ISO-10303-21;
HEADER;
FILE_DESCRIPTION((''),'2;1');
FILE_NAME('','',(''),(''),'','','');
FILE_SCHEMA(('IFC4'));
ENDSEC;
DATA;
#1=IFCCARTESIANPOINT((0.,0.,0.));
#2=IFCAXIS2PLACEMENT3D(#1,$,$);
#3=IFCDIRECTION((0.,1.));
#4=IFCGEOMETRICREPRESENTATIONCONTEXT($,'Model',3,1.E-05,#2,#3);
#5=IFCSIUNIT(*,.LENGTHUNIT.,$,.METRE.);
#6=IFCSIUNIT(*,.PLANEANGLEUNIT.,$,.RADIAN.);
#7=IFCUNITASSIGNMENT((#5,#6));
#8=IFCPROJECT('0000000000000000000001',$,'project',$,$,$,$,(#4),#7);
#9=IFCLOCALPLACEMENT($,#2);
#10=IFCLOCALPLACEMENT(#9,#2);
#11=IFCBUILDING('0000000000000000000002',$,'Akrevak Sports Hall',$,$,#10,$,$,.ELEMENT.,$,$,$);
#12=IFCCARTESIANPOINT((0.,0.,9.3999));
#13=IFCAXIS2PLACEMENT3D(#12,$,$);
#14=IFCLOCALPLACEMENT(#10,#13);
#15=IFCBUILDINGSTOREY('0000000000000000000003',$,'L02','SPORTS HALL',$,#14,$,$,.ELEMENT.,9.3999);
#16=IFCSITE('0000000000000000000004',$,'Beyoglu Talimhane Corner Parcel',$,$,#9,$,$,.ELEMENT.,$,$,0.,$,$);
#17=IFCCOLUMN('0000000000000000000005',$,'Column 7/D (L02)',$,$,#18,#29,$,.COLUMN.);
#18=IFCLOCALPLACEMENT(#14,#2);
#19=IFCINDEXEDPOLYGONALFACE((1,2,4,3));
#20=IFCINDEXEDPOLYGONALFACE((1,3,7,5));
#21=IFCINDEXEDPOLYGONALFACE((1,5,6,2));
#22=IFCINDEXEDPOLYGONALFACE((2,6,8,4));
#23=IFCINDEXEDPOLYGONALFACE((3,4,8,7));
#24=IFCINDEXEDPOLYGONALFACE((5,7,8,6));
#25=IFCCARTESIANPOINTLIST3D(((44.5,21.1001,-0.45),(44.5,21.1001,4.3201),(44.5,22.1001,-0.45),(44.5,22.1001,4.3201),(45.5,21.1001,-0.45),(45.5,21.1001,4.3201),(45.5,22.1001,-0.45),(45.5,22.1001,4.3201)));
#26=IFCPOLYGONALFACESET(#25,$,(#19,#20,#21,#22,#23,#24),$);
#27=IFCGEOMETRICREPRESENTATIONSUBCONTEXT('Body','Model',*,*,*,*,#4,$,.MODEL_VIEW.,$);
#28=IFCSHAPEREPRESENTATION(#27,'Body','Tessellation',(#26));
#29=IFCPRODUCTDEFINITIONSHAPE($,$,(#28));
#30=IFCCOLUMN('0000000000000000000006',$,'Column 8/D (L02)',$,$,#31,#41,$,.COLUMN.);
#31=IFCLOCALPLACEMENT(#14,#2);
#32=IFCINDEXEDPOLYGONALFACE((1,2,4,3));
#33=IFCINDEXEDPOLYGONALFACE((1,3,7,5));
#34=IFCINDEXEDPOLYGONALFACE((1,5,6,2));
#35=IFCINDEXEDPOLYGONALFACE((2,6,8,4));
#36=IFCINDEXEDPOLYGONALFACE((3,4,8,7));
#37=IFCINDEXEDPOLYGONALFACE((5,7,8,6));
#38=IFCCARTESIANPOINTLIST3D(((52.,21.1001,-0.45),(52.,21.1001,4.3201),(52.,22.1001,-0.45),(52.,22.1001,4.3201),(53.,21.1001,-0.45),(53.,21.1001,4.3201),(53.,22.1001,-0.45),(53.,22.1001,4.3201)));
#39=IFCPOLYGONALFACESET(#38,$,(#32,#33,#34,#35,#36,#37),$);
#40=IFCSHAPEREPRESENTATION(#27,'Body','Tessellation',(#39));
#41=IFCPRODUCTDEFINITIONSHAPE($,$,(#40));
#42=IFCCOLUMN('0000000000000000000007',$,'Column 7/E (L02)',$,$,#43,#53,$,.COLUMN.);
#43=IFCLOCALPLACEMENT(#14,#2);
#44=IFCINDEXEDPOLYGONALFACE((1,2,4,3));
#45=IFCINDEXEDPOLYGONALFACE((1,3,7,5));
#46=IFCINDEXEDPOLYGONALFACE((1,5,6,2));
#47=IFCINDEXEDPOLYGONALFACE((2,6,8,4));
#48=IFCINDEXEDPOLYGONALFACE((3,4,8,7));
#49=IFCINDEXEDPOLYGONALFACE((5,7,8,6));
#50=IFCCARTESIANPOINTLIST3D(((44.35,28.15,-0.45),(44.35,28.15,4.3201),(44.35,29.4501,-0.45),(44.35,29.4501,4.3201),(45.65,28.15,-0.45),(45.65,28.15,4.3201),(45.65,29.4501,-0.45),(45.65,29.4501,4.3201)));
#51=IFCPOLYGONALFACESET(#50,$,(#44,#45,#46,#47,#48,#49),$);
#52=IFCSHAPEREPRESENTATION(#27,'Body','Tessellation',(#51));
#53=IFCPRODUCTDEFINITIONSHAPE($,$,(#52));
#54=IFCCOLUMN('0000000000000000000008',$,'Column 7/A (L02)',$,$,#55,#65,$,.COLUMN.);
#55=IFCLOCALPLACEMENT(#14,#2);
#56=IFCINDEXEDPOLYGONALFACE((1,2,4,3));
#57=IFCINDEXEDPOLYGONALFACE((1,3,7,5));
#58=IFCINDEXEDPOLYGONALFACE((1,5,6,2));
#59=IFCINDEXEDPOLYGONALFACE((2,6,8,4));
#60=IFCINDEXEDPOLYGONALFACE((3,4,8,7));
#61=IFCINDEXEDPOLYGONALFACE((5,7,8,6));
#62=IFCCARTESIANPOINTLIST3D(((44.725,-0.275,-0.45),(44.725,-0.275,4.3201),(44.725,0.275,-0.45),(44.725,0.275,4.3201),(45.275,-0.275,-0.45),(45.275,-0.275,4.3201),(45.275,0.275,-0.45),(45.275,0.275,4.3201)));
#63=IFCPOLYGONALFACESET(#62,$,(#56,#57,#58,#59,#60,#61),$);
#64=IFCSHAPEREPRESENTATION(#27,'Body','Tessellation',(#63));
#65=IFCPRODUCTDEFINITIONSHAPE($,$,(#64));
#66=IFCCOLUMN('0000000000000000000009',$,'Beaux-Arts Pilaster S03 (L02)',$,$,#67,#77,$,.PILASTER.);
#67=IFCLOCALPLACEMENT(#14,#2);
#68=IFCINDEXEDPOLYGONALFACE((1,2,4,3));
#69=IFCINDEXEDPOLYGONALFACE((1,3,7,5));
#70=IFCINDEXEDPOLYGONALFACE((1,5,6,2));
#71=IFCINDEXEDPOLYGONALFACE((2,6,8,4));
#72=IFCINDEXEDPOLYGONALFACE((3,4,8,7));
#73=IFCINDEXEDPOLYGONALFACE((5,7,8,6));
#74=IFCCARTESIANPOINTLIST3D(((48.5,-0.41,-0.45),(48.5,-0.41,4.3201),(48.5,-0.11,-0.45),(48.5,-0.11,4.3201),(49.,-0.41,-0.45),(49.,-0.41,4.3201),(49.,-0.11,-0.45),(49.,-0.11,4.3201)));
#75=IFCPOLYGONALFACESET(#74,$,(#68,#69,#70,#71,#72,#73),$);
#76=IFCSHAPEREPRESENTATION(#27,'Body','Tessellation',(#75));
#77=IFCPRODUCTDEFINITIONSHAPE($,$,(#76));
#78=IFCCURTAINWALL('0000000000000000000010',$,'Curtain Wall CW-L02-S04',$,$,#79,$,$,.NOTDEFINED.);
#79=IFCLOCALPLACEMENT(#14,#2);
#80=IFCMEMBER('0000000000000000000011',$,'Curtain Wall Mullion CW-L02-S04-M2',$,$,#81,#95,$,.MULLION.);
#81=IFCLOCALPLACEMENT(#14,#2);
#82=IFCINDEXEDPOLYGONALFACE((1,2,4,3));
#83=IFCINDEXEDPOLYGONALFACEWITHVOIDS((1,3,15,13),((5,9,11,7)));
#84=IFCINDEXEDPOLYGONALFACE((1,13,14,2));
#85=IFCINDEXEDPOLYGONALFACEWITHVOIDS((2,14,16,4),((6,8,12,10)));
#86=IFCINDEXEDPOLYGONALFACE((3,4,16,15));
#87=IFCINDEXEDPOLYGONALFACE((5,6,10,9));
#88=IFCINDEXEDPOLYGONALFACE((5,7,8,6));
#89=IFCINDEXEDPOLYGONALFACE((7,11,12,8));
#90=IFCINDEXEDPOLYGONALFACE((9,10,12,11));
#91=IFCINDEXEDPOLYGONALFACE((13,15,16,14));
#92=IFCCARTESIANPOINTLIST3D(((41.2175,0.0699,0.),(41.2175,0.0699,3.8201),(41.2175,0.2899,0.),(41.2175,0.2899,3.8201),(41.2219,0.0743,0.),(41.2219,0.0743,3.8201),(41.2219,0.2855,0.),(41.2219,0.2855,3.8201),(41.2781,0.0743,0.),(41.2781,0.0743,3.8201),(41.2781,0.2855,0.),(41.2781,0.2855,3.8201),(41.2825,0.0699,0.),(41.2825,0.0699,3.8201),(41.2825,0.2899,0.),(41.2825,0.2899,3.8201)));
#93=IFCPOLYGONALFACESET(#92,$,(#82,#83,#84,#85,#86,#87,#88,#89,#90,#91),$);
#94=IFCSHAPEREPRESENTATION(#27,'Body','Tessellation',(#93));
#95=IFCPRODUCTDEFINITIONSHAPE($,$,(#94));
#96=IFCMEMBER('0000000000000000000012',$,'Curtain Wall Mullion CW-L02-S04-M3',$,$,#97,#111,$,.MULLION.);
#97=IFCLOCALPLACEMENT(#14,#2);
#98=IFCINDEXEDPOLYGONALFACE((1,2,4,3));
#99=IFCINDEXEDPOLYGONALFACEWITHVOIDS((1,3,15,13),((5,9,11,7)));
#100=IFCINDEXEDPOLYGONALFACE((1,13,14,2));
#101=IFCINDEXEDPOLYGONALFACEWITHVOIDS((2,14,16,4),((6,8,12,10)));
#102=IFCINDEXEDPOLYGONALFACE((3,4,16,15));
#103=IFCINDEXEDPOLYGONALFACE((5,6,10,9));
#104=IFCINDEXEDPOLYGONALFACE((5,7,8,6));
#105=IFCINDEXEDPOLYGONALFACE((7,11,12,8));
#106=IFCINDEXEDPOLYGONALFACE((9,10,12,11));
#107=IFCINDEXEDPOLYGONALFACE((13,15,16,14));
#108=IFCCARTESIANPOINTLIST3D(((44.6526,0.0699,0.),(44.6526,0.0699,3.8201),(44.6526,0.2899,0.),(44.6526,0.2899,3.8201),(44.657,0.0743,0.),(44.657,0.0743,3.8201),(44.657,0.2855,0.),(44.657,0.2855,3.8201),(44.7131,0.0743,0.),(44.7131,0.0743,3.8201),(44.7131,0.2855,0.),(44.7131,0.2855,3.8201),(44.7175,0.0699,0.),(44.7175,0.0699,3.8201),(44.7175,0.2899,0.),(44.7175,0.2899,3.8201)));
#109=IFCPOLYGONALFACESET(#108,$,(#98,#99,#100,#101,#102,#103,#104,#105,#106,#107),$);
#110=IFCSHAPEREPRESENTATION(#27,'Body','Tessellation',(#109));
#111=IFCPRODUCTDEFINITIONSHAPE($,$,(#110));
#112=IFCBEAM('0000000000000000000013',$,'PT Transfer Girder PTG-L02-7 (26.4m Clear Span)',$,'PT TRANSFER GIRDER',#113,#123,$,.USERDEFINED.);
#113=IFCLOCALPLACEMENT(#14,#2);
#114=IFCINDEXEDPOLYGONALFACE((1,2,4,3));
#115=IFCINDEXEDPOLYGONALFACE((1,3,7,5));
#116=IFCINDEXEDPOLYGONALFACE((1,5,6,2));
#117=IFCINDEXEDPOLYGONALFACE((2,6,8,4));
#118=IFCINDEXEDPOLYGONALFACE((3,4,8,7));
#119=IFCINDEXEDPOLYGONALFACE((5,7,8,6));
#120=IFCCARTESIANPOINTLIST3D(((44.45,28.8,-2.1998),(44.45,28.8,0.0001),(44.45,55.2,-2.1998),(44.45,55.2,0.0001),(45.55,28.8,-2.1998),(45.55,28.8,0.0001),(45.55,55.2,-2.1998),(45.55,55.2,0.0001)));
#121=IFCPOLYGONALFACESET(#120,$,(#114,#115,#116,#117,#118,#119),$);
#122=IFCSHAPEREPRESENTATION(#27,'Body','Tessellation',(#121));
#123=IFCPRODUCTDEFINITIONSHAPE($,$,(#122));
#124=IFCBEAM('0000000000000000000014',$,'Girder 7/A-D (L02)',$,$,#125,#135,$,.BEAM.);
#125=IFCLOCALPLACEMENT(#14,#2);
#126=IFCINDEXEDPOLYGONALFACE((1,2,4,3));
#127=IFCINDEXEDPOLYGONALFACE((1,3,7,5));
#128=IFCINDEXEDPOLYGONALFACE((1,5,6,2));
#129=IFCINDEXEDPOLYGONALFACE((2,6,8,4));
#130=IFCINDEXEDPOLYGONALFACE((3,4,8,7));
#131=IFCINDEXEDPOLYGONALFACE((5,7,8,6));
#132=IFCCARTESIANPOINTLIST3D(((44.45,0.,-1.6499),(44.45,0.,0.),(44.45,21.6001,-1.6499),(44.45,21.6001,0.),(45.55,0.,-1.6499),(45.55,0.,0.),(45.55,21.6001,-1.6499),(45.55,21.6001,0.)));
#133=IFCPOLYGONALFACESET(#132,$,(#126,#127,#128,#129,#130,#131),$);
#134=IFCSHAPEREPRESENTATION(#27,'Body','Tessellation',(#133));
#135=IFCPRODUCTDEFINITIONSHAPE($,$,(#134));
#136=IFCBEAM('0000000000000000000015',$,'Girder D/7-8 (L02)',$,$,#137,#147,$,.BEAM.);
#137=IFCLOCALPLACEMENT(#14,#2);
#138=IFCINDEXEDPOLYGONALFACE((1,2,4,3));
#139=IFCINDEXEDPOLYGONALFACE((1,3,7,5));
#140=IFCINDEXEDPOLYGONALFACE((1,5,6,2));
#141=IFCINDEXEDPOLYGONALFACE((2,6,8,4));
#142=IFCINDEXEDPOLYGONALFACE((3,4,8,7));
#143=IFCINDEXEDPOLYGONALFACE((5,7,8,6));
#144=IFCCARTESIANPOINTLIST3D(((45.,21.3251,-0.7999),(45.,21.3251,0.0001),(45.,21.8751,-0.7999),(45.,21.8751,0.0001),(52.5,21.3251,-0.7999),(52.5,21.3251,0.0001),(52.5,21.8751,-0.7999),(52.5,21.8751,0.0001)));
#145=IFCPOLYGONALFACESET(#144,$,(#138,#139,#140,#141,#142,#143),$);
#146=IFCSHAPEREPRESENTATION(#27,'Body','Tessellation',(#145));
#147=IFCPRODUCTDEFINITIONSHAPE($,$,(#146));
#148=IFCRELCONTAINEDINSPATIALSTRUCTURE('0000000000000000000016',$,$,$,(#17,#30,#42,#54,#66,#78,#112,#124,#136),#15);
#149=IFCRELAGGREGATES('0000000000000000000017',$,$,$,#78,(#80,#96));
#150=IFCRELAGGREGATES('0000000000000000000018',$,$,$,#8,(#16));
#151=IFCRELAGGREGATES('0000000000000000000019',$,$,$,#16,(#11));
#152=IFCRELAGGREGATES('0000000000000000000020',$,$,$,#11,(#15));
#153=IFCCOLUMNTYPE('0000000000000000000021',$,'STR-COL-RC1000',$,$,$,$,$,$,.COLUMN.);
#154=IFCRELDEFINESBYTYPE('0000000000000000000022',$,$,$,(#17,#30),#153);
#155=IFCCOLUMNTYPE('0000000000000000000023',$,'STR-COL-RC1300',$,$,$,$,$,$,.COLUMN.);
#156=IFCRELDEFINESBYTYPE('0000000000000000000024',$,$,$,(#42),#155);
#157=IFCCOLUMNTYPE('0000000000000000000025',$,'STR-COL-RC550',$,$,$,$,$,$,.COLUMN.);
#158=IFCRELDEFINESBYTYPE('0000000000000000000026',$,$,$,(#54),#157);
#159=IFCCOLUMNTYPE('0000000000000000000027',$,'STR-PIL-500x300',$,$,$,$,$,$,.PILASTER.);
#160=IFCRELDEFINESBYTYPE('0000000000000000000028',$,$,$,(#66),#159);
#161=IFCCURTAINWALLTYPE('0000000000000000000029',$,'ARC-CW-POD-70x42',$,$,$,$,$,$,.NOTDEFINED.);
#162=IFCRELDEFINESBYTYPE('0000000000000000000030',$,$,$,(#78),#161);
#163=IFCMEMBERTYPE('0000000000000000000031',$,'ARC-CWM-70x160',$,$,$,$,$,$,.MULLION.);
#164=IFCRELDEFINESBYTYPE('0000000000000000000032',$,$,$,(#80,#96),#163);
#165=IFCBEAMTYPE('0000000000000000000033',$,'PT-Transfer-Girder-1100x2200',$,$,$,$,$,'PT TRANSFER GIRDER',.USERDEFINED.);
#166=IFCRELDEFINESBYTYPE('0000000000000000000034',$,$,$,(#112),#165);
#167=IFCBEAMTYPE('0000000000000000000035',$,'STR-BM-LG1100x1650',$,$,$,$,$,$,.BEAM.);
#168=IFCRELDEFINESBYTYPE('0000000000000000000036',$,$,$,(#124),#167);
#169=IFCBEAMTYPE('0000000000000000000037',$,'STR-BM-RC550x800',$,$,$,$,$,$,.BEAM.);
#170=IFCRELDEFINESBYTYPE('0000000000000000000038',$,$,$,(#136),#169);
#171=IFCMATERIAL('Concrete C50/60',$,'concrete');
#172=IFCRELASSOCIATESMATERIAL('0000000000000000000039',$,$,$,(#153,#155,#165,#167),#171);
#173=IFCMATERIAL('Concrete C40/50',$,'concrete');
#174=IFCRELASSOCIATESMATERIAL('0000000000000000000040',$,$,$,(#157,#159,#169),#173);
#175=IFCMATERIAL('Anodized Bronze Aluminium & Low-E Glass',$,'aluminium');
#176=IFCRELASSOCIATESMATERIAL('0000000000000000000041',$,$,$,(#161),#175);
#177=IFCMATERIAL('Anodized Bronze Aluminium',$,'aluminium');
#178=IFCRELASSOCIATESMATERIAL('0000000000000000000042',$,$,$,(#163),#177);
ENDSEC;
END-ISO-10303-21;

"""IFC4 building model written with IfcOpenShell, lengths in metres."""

from ifc_helpers import new_model, si_unit, direction, frame, origin, origin_2d, place, context, subcontext, project, spatial, rectangle, hollow_rectangle, extrude, material, material_profile, profile_set, type_object, element, aggregate, save


model = new_model("IFC4")

# Units and contexts
model_context = context("Model", 3, precision=1e-05, world=origin(), true_north=direction((0.0, 1.0)))
body_context = subcontext(model_context, "Body", "Model", "MODEL_VIEW")
ifc_project = project(units=[si_unit("LENGTHUNIT", "METRE"), si_unit("PLANEANGLEUNIT", "RADIAN")], contexts=[model_context])

# Site, building, storey
site_placement = place(None, origin())
site = spatial("IfcSite", under=ifc_project, at=site_placement, Name="Beyoglu Talimhane Corner Parcel", CompositionType="ELEMENT", RefElevation=0.0)
building_placement = place(site_placement, origin())
building = spatial("IfcBuilding", under=site, at=building_placement, Name="Akrevak Sports Hall", CompositionType="ELEMENT")
storey_placement = place(building_placement, frame((0.0, 0.0, 9.3999)))
storey = spatial("IfcBuildingStorey", under=building, at=storey_placement, Name="L02", Description="SPORTS HALL", CompositionType="ELEMENT", Elevation=9.3999)

# Columns
ifc_material_1 = material(Name="Concrete C50/60", Category="concrete")
ifc_material_profile_1 = material_profile(ifc_material_1, rectangle(XDim=1.0, YDim=1.0, at=origin_2d()), Name="RC 1000x1000", Category="concrete")
ifc_profile_set_1 = profile_set([ifc_material_profile_1], Name="Concrete C50/60")
column_type_1 = type_object("IfcColumnType", Name="STR-COL-RC1000", PredefinedType="COLUMN", material=ifc_profile_set_1)
for number, where, z_axis, x_axis, name in (
    (1, (45.0, 21.6001, -0.45), (0.0, 0.0, 1.0), (1.0, 0.0, 0.0), "Column 7/D (L02)"),
    (2, (52.5, 21.6001, -0.45), (0.0, 0.0, 1.0), (1.0, 0.0, 0.0), "Column 8/D (L02)"),
):
    element("IfcColumn", number, at=place(storey_placement, frame(where, z_axis=z_axis, x_axis=x_axis)), inside=storey, type_object=column_type_1, Name=name, PredefinedType="COLUMN", context=body_context, shape_type="SweptSolid", body=[
        extrude(rectangle(XDim=1.0, YDim=1.0, at=origin_2d()), origin(), (0.0, 0.0, 1.0), 4.77),
    ])
ifc_material_profile_2 = material_profile(ifc_material_1, rectangle(XDim=1.3, YDim=1.3, at=origin_2d()), Name="RC 1300x1300", Category="concrete")
ifc_profile_set_2 = profile_set([ifc_material_profile_2], Name="Concrete C50/60")
column_type_2 = type_object("IfcColumnType", Name="STR-COL-RC1300", PredefinedType="COLUMN", material=ifc_profile_set_2)
column_1_placement = place(storey_placement, frame((45.0, 28.8, -0.45), z_axis=(0.0, 0.0, 1.0), x_axis=(1.0, 0.0, 0.0)))
element("IfcColumn", 3, at=column_1_placement, inside=storey, type_object=column_type_2, Name="Column 7/E (L02)", PredefinedType="COLUMN", context=body_context, shape_type="SweptSolid", body=[
    extrude(rectangle(XDim=1.3, YDim=1.3, at=origin_2d()), origin(), (0.0, 0.0, 1.0), 4.77),
])
ifc_material_2 = material(Name="Concrete C40/50", Category="concrete")
ifc_material_profile_3 = material_profile(ifc_material_2, rectangle(XDim=0.55, YDim=0.55, at=origin_2d()), Name="RC 550x550", Category="concrete")
ifc_profile_set_3 = profile_set([ifc_material_profile_3], Name="Concrete C40/50")
column_type_3 = type_object("IfcColumnType", Name="STR-COL-RC550", PredefinedType="COLUMN", material=ifc_profile_set_3)
column_2_placement = place(storey_placement, frame((45.0, 0.0, -0.45), z_axis=(0.0, 0.0, 1.0), x_axis=(1.0, 0.0, 0.0)))
element("IfcColumn", 4, at=column_2_placement, inside=storey, type_object=column_type_3, Name="Column 7/A (L02)", PredefinedType="COLUMN", context=body_context, shape_type="SweptSolid", body=[
    extrude(rectangle(XDim=0.55, YDim=0.55, at=origin_2d()), origin(), (0.0, 0.0, 1.0), 4.77),
])
ifc_material_profile_4 = material_profile(ifc_material_2, rectangle(XDim=0.5, YDim=0.3, at=origin_2d()), Name="PIL 500x300", Category="concrete")
ifc_profile_set_4 = profile_set([ifc_material_profile_4], Name="Concrete C40/50")
column_type_4 = type_object("IfcColumnType", Name="STR-PIL-500x300", PredefinedType="PILASTER", material=ifc_profile_set_4)
column_3_placement = place(storey_placement, frame((48.75, -0.26, -0.45), z_axis=(0.0, 0.0, 1.0), x_axis=(1.0, 0.0, 0.0)))
element("IfcColumn", 5, at=column_3_placement, inside=storey, type_object=column_type_4, Name="Beaux-Arts Pilaster S03 (L02)", PredefinedType="PILASTER", context=body_context, shape_type="SweptSolid", body=[
    extrude(rectangle(XDim=0.5, YDim=0.3, at=origin_2d()), origin(), (0.0, 0.0, 1.0), 4.77),
])

# Curtain wall, members
ifc_material_3 = material(Name="Anodized Bronze Aluminium & Low-E Glass", Category="aluminium")
curtain_wall_type = type_object("IfcCurtainWallType", Name="ARC-CW-POD-70x42", PredefinedType="NOTDEFINED", material=ifc_material_3)
curtain_wall_placement = place(storey_placement, origin())
curtain_wall = element("IfcCurtainWall", 6, at=curtain_wall_placement, inside=storey, type_object=curtain_wall_type, Name="Curtain Wall CW-L02-S04", PredefinedType="NOTDEFINED")
ifc_material_4 = material(Name="Anodized Bronze Aluminium", Category="aluminium")
ifc_material_profile_5 = material_profile(ifc_material_4, hollow_rectangle(XDim=0.0649, YDim=0.22, WallThickness=0.0044, at=origin_2d()), Name="CWM 65x220", Category="aluminium")
ifc_profile_set_5 = profile_set([ifc_material_profile_5], Name="Anodized Bronze Aluminium")
member_type_1 = type_object("IfcMemberType", Name="ARC-CWM-70x160", PredefinedType="MULLION", material=ifc_profile_set_5)
member_1_placement = place(storey_placement, frame((41.25, 0.1799, 0.0), z_axis=(0.0, 0.0, 1.0), x_axis=(1.0, 0.0, 0.0)))
member_1 = element("IfcMember", 7, at=member_1_placement, type_object=member_type_1, Name="Curtain Wall Mullion CW-L02-S04-M2", PredefinedType="MULLION", context=body_context, shape_type="SweptSolid", body=[
    extrude(hollow_rectangle(XDim=0.0649, YDim=0.22, WallThickness=0.0044, at=origin_2d()), origin(), (0.0, 0.0, 1.0), 3.8201),
])
member_2_placement = place(storey_placement, frame((44.6851, 0.1799, 0.0), z_axis=(0.0, 0.0, 1.0), x_axis=(1.0, 0.0, 0.0)))
member_2 = element("IfcMember", 8, at=member_2_placement, type_object=member_type_1, Name="Curtain Wall Mullion CW-L02-S04-M3", PredefinedType="MULLION", context=body_context, shape_type="SweptSolid", body=[
    extrude(hollow_rectangle(XDim=0.0649, YDim=0.22, WallThickness=0.0044, at=origin_2d()), origin(), (0.0, 0.0, 1.0), 3.8201),
])

# Beams
ifc_material_profile_6 = material_profile(ifc_material_1, rectangle(XDim=1.1001, YDim=2.2, at=origin_2d()), Name="PTG 1100x2200", Category="concrete")
ifc_profile_set_6 = profile_set([ifc_material_profile_6], Name="Concrete C50/60")
beam_type_1 = type_object("IfcBeamType", Name="PT-Transfer-Girder-1100x2200", ElementType="PT TRANSFER GIRDER", PredefinedType="USERDEFINED", material=ifc_profile_set_6)
beam_1_placement = place(storey_placement, frame((45.0, 28.8, -1.0999), z_axis=(0.0, 1.0, 0.0), x_axis=(-1.0, 0.0, 0.0)))
element("IfcBeam", 9, at=beam_1_placement, inside=storey, type_object=beam_type_1, Name="PT Transfer Girder PTG-L02-7 (26.4m Clear Span)", ObjectType="PT TRANSFER GIRDER", PredefinedType="USERDEFINED", context=body_context, shape_type="SweptSolid", body=[
    extrude(rectangle(XDim=1.1001, YDim=2.2, at=origin_2d()), origin(), (0.0, 0.0, 1.0), 26.3999),
])
ifc_material_profile_7 = material_profile(ifc_material_1, rectangle(XDim=1.1001, YDim=1.6499, at=origin_2d()), Name="BM 1100x1650", Category="concrete")
ifc_profile_set_7 = profile_set([ifc_material_profile_7], Name="Concrete C50/60")
beam_type_2 = type_object("IfcBeamType", Name="STR-BM-LG1100x1650", PredefinedType="BEAM", material=ifc_profile_set_7)
beam_2_placement = place(storey_placement, frame((45.0, 0.0, -0.825), z_axis=(0.0, 1.0, 0.0), x_axis=(-1.0, 0.0, 0.0)))
element("IfcBeam", 10, at=beam_2_placement, inside=storey, type_object=beam_type_2, Name="Girder 7/A-D (L02)", PredefinedType="BEAM", context=body_context, shape_type="SweptSolid", body=[
    extrude(rectangle(XDim=1.1001, YDim=1.6499, at=origin_2d()), origin(), (0.0, 0.0, 1.0), 21.6001),
])
ifc_material_profile_8 = material_profile(ifc_material_2, rectangle(XDim=0.55, YDim=0.8, at=origin_2d()), Name="BM 550x800", Category="concrete")
ifc_profile_set_8 = profile_set([ifc_material_profile_8], Name="Concrete C40/50")
beam_type_3 = type_object("IfcBeamType", Name="STR-BM-RC550x800", PredefinedType="BEAM", material=ifc_profile_set_8)
beam_3_placement = place(storey_placement, frame((45.0, 21.6001, -0.3999), z_axis=(1.0, 0.0, 0.0), x_axis=(0.0, 1.0, 0.0)))
element("IfcBeam", 11, at=beam_3_placement, inside=storey, type_object=beam_type_3, Name="Girder D/7-8 (L02)", PredefinedType="BEAM", context=body_context, shape_type="SweptSolid", body=[
    extrude(rectangle(XDim=0.55, YDim=0.8, at=origin_2d()), origin(), (0.0, 0.0, 1.0), 7.5),
])

aggregate(curtain_wall, [member_1, member_2])

save(model, "model.ifc")
